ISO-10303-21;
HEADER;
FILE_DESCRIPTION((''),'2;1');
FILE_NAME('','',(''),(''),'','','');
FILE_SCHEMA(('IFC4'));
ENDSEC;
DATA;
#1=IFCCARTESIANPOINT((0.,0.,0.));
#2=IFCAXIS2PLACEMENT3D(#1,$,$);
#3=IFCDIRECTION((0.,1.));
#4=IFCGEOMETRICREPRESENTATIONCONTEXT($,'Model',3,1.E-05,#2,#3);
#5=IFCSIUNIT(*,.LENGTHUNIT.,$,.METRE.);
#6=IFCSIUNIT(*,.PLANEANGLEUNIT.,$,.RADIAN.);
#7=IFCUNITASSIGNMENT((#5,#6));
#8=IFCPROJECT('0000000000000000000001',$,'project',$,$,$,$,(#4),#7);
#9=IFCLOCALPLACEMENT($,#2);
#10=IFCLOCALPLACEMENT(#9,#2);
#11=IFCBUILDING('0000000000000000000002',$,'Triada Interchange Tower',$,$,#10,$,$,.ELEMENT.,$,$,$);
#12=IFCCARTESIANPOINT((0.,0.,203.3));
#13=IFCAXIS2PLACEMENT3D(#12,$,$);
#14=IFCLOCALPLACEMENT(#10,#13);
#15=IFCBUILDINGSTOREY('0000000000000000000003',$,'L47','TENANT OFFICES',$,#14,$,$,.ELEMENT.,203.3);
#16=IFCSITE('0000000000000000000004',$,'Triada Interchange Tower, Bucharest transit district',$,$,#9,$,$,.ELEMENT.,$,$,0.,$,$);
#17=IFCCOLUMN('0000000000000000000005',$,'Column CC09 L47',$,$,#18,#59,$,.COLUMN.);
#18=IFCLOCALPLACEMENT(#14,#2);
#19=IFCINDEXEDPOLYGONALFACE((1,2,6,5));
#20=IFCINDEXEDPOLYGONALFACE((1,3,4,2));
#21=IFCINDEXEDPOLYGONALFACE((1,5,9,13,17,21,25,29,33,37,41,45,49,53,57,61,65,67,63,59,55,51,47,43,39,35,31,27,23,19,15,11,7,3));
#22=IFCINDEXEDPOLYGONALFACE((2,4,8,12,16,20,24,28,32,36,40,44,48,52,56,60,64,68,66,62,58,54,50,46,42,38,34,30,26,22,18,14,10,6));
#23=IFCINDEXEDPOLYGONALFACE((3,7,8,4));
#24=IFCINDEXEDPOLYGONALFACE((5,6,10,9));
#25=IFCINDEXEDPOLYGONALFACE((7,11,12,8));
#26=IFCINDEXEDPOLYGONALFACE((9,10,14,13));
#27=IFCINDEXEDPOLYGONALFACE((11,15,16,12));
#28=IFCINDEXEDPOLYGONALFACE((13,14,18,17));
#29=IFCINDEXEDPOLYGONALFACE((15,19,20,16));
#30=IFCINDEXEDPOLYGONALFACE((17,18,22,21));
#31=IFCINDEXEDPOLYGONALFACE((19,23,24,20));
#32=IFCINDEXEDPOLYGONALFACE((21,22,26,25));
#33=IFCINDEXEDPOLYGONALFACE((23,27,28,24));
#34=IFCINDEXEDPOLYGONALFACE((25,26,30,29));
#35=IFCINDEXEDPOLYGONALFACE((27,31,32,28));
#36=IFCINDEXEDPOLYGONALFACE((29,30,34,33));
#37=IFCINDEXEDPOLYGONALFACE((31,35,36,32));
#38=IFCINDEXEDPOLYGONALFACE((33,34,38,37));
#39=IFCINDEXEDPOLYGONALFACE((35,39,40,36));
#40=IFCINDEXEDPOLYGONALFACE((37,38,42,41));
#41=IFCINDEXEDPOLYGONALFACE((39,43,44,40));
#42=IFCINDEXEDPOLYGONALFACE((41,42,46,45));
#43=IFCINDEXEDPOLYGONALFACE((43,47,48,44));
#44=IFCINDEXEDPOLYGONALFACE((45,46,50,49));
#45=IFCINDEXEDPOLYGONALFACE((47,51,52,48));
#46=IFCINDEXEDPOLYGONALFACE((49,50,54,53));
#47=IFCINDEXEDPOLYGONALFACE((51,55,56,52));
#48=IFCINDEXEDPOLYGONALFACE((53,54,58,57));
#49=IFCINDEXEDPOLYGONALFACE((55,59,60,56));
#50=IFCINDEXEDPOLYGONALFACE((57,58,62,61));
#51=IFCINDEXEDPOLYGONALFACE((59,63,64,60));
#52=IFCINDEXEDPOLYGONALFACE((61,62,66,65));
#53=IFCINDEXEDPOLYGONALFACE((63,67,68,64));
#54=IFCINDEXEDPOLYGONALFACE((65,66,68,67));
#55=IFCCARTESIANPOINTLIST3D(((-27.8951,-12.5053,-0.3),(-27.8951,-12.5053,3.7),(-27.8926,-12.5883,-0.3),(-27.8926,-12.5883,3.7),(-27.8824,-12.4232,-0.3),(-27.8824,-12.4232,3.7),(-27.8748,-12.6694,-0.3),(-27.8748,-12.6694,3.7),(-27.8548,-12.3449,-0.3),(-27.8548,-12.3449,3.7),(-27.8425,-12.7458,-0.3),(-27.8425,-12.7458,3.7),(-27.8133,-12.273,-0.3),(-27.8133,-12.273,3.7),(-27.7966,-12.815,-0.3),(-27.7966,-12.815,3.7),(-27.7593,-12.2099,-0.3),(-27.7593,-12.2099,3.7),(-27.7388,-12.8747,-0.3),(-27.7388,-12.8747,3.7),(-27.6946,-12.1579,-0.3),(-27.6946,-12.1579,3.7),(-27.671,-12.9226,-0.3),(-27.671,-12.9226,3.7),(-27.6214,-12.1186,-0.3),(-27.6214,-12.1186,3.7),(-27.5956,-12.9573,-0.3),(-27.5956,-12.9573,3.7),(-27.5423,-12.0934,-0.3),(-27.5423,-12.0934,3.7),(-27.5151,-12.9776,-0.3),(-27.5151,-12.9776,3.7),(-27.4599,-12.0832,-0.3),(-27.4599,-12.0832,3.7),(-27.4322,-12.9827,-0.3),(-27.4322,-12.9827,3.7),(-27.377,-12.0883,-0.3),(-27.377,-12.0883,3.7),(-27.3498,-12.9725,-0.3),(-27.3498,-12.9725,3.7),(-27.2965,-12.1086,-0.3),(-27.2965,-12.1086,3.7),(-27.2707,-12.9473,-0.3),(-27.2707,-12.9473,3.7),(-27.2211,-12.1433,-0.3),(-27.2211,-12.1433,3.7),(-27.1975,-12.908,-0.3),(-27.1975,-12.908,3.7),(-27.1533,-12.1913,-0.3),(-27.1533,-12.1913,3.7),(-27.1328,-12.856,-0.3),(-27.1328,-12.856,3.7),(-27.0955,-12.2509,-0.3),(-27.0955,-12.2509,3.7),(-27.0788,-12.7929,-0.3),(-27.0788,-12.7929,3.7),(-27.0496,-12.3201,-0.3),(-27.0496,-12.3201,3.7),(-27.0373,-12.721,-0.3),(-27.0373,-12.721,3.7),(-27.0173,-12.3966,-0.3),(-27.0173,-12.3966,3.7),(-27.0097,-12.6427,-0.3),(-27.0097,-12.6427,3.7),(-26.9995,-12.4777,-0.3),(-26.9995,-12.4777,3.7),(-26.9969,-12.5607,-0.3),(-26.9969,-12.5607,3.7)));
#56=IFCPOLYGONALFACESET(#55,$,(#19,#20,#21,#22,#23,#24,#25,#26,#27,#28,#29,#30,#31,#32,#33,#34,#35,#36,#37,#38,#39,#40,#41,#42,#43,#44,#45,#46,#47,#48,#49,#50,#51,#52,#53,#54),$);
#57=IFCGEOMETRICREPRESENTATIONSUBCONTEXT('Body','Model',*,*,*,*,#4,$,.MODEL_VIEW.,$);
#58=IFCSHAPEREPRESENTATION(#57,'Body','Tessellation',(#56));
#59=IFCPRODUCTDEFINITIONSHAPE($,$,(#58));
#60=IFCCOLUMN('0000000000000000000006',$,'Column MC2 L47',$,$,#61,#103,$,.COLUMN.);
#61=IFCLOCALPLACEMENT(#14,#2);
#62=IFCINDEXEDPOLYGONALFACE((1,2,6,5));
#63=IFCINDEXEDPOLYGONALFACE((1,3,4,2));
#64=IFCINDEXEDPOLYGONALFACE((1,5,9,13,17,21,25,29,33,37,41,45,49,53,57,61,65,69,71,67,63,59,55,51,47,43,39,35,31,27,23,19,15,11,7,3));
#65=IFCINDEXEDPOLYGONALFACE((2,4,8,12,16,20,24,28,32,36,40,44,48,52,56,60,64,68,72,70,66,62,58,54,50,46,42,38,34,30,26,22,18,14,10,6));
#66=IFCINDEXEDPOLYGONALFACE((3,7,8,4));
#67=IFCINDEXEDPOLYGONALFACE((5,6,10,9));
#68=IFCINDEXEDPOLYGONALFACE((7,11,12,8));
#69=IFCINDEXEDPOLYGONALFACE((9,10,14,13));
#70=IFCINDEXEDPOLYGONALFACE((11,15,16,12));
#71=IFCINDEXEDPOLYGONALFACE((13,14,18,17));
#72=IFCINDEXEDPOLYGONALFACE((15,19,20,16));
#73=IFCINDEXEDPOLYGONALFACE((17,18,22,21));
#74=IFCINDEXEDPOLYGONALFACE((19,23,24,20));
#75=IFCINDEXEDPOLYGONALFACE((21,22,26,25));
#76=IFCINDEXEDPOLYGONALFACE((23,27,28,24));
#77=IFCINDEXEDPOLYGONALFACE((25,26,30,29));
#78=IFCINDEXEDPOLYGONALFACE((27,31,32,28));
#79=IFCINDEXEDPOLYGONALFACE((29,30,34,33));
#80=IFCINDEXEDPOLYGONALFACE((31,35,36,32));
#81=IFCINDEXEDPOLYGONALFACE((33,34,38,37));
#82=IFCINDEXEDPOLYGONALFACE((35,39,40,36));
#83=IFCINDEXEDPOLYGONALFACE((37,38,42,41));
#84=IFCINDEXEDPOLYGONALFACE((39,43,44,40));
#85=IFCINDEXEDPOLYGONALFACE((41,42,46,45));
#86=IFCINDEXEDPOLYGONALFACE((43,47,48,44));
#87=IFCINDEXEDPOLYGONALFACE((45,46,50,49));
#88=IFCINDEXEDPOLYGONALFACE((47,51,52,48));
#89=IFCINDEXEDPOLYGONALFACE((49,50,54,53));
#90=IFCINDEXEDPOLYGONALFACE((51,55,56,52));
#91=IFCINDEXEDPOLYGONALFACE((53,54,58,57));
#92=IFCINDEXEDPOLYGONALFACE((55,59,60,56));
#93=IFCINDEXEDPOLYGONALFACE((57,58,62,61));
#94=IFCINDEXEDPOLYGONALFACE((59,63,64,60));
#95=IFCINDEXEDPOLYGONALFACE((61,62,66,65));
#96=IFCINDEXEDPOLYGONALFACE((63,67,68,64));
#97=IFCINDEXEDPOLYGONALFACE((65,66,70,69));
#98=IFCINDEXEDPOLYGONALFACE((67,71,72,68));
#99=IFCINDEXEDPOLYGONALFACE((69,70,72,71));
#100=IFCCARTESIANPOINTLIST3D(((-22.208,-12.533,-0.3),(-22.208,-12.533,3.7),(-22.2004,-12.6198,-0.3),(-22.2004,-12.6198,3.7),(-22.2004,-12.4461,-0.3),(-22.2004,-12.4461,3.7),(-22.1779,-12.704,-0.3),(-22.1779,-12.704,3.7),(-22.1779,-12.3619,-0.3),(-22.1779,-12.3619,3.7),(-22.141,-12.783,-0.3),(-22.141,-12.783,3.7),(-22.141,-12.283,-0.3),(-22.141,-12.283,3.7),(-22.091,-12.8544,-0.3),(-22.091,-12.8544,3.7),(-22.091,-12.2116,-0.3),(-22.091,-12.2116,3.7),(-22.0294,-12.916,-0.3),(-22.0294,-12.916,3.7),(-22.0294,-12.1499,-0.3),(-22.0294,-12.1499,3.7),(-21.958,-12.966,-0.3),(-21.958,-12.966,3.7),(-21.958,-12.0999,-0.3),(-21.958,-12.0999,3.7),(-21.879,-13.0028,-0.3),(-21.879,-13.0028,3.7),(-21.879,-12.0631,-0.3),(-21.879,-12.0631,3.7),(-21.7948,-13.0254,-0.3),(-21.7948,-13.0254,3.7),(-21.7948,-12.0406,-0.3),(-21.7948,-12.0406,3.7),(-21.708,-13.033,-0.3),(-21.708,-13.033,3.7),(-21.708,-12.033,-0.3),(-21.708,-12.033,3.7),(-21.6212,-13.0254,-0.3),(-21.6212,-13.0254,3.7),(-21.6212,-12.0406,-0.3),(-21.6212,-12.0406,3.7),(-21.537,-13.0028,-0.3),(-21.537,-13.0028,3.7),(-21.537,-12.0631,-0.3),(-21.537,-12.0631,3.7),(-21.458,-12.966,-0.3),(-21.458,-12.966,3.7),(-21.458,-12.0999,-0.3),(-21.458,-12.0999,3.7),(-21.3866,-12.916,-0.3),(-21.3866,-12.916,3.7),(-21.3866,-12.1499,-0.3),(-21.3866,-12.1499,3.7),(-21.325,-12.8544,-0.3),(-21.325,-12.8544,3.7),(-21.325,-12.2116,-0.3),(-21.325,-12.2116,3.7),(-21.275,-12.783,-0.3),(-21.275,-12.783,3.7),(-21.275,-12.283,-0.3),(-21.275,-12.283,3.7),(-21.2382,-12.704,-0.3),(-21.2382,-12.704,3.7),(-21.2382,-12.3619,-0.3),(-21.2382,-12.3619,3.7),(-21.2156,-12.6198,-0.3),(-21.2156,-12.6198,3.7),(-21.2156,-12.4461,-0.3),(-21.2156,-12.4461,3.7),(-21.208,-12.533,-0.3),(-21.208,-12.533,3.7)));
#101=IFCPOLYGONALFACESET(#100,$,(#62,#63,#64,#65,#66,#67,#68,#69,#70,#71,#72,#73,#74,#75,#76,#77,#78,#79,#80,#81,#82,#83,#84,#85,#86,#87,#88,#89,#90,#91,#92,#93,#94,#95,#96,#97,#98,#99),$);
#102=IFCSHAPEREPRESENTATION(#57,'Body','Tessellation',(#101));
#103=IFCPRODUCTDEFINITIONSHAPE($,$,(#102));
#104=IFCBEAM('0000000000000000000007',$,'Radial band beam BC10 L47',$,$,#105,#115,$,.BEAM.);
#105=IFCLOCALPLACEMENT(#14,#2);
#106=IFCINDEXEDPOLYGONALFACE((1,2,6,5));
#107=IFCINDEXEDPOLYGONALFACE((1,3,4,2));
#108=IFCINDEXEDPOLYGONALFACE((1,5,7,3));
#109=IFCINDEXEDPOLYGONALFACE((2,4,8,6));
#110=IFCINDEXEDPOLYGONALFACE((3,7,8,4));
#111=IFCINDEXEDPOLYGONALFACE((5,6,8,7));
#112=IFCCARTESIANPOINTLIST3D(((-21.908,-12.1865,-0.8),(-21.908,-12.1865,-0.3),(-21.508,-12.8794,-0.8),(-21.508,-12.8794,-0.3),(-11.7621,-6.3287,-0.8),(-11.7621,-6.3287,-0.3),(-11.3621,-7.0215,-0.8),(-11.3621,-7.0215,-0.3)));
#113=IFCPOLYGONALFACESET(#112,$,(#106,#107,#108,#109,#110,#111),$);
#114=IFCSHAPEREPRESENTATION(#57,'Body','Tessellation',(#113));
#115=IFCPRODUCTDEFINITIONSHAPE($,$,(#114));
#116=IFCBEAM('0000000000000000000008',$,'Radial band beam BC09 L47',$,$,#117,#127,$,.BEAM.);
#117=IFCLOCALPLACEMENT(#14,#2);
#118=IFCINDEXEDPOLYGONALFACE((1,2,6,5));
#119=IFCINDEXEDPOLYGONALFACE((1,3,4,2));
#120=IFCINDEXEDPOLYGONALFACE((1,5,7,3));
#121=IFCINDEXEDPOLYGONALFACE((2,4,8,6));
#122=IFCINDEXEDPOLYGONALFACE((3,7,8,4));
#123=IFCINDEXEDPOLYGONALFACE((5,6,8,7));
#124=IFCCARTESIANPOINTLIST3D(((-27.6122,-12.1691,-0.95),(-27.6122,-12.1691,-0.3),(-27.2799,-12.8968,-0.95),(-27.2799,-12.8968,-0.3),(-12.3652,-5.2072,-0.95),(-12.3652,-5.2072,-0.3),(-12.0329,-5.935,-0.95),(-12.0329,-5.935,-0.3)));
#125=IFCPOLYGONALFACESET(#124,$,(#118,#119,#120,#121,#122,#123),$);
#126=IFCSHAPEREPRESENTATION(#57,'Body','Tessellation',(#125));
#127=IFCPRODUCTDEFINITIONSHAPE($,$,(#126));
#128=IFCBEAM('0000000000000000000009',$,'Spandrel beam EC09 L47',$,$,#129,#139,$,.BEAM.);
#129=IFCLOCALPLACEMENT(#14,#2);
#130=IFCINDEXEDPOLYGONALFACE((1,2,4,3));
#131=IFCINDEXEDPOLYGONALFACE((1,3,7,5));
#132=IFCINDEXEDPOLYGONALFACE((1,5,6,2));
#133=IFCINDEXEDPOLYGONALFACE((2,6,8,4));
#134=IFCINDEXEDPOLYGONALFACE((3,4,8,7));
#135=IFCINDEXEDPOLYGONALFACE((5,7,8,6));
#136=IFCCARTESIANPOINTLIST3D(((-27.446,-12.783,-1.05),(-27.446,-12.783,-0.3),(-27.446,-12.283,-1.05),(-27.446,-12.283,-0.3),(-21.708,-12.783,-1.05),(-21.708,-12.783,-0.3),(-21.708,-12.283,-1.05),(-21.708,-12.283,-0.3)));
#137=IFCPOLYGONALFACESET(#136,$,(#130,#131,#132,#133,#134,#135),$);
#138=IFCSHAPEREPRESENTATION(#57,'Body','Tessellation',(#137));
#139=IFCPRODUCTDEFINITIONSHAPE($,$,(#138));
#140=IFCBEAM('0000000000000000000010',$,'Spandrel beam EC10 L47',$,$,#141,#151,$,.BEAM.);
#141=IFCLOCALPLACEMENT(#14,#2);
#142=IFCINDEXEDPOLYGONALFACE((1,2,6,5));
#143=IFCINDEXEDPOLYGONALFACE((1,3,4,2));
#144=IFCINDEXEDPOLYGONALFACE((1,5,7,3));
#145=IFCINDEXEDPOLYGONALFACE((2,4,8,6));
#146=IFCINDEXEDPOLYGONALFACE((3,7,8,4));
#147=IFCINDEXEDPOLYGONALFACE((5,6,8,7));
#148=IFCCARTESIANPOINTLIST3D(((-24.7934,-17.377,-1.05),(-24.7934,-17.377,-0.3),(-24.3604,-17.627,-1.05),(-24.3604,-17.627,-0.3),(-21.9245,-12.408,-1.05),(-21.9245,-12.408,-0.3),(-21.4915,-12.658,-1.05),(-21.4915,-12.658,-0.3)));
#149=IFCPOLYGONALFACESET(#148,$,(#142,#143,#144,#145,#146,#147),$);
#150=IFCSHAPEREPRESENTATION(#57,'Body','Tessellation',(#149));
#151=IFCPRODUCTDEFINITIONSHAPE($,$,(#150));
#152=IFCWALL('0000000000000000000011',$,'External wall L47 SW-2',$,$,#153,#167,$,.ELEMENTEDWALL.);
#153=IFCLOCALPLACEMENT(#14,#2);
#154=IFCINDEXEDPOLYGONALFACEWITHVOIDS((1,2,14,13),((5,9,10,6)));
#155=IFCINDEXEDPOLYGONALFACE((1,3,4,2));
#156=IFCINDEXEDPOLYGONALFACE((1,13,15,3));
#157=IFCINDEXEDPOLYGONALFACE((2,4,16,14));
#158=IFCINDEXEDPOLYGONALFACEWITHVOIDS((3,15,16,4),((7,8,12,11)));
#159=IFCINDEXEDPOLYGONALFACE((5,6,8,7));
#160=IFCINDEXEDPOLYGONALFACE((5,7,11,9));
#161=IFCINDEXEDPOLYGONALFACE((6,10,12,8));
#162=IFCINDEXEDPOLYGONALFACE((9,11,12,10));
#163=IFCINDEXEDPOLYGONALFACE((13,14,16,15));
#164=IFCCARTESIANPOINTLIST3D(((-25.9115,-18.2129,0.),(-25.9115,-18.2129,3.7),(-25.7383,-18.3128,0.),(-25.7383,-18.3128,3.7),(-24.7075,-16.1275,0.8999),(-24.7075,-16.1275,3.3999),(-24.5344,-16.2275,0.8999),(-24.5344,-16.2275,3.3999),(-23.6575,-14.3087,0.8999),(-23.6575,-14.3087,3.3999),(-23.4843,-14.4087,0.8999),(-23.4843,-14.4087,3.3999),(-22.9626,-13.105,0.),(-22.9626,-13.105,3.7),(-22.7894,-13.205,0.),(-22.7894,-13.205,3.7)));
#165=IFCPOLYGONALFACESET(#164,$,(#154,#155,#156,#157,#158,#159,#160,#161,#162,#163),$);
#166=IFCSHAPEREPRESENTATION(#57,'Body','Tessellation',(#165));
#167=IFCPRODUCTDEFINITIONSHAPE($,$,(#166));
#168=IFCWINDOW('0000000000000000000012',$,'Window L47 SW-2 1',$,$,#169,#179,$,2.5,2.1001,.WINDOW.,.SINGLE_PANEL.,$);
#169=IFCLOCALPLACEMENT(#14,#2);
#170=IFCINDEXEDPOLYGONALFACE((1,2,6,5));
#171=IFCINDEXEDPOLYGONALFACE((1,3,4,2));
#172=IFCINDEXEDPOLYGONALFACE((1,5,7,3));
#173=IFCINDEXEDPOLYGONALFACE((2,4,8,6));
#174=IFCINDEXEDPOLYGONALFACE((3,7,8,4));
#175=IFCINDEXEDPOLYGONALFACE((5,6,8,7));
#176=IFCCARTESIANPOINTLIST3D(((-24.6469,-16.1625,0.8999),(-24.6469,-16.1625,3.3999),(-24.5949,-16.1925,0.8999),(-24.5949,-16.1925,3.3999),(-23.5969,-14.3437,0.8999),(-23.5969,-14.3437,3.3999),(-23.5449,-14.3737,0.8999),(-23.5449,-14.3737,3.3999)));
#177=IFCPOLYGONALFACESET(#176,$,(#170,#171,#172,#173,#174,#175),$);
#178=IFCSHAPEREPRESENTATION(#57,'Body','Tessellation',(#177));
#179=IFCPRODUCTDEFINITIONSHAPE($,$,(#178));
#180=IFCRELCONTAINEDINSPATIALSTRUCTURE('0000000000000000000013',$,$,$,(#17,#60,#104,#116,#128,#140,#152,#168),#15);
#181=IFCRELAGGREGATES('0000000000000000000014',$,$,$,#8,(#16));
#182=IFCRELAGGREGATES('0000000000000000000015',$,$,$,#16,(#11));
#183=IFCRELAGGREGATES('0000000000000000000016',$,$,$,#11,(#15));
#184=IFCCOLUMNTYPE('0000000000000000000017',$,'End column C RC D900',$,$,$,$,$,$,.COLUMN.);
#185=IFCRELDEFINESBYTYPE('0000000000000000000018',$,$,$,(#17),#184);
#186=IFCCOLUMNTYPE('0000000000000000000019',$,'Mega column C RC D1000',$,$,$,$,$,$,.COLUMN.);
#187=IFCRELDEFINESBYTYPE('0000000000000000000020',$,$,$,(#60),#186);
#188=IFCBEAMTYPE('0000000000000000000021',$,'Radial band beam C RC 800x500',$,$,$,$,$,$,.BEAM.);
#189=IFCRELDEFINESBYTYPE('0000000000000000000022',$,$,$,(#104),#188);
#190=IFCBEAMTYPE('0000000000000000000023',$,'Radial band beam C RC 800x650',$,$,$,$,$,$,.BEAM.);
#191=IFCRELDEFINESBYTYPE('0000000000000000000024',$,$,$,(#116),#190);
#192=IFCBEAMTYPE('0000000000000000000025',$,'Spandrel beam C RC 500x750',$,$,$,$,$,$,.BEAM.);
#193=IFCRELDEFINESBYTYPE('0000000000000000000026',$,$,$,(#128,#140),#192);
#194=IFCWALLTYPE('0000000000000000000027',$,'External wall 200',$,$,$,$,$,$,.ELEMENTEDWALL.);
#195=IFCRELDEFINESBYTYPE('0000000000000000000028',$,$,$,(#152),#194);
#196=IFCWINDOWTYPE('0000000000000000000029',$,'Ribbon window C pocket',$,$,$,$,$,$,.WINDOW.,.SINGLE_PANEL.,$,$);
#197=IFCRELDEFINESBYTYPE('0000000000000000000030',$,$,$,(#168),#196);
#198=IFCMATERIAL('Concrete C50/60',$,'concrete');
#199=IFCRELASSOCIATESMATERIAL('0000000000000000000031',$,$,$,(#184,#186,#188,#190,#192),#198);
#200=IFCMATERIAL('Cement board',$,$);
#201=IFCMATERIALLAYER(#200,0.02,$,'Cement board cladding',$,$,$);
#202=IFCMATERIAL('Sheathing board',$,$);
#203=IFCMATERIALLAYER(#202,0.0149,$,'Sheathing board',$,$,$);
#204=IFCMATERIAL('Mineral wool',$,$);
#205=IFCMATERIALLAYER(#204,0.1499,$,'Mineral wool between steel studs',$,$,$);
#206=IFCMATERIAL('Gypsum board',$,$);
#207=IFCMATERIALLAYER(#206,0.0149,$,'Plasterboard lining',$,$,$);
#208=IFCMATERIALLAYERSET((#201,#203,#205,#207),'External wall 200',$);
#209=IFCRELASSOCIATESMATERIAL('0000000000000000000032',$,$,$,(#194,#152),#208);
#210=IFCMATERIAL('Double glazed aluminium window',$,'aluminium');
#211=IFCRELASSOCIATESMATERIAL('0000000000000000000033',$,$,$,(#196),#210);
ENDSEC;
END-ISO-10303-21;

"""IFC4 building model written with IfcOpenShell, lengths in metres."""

from ifc_helpers import new_model, si_unit, direction, frame, frame_2d, origin, origin_2d, place, context, subcontext, project, spatial, rectangle, circle, extrude, material, layer, layer_set, layer_usage, material_profile, profile_set, type_object, element, fill, save


model = new_model("IFC4")

# Units and contexts
model_context = context("Model", 3, precision=1e-05, world=origin(), true_north=direction((0.0, 1.0)))
body_context = subcontext(model_context, "Body", "Model", "MODEL_VIEW")
ifc_project = project(units=[si_unit("LENGTHUNIT", "METRE"), si_unit("PLANEANGLEUNIT", "RADIAN")], contexts=[model_context])

# Site, building, storey
site_placement = place(None, origin())
site = spatial("IfcSite", under=ifc_project, at=site_placement, Name="Triada Interchange Tower, Bucharest transit district", CompositionType="ELEMENT", RefElevation=0.0)
building_placement = place(site_placement, origin())
building = spatial("IfcBuilding", under=site, at=building_placement, Name="Triada Interchange Tower", CompositionType="ELEMENT")
storey_placement = place(building_placement, frame((0.0, 0.0, 203.3)))
storey = spatial("IfcBuildingStorey", under=building, at=storey_placement, Name="L47", Description="TENANT OFFICES", CompositionType="ELEMENT", Elevation=203.3)

# Columns
ifc_material_1 = material(Name="Concrete C50/60", Category="concrete")
ifc_material_profile_1 = material_profile(ifc_material_1, circle(Radius=0.45, at=origin_2d()), Name="RC D900")
ifc_profile_set_1 = profile_set([ifc_material_profile_1], Name="Concrete C50/60")
column_type_1 = type_object("IfcColumnType", Name="End column C RC D900", PredefinedType="COLUMN", material=ifc_profile_set_1)
column_1_placement = place(storey_placement, frame((-27.446, -12.533, -0.3), z_axis=(0.0, 0.0, 1.0), x_axis=(0.5, 0.866025, 0.0)))
element("IfcColumn", 1, at=column_1_placement, inside=storey, type_object=column_type_1, Name="Column CC09 L47", PredefinedType="COLUMN", context=body_context, shape_type="SweptSolid", body=[
    extrude(circle(Radius=0.45, at=origin_2d()), origin(), (0.0, 0.0, 1.0), 4.0),
])
ifc_material_profile_2 = material_profile(ifc_material_1, circle(Radius=0.5, at=origin_2d()), Name="RC D1000")
ifc_profile_set_2 = profile_set([ifc_material_profile_2], Name="Concrete C50/60")
column_type_2 = type_object("IfcColumnType", Name="Mega column C RC D1000", PredefinedType="COLUMN", material=ifc_profile_set_2)
column_2_placement = place(storey_placement, frame((-21.708, -12.533, -0.3), z_axis=(0.0, 0.0, 1.0), x_axis=(1.0, 0.0, 0.0)))
element("IfcColumn", 2, at=column_2_placement, inside=storey, type_object=column_type_2, Name="Column MC2 L47", PredefinedType="COLUMN", context=body_context, shape_type="SweptSolid", body=[
    extrude(circle(Radius=0.5, at=origin_2d()), origin(), (0.0, 0.0, 1.0), 4.0),
])

# Beams
ifc_material_profile_3 = material_profile(ifc_material_1, rectangle(XDim=0.8, YDim=0.5, at=origin_2d()), Name="RC 800x500")
ifc_profile_set_3 = profile_set([ifc_material_profile_3], Name="Concrete C50/60")
beam_type_1 = type_object("IfcBeamType", Name="Radial band beam C RC 800x500", PredefinedType="BEAM", material=ifc_profile_set_3)
beam_1_placement = place(storey_placement, frame((-21.708, -12.533, -0.55), z_axis=(0.866021, 0.500007, 0.0), x_axis=(-0.500007, 0.866021, 0.0)))
element("IfcBeam", 3, at=beam_1_placement, inside=storey, type_object=beam_type_1, Name="Radial band beam BC10 L47", PredefinedType="BEAM", context=body_context, shape_type="SweptSolid", body=[
    extrude(rectangle(XDim=0.8, YDim=0.5, at=origin_2d()), origin(), (0.0, 0.0, 1.0), 11.7156),
])
ifc_material_profile_4 = material_profile(ifc_material_1, rectangle(XDim=0.8, YDim=0.6499, at=origin_2d()), Name="RC 800x650")
ifc_profile_set_4 = profile_set([ifc_material_profile_4], Name="Concrete C50/60")
beam_type_2 = type_object("IfcBeamType", Name="Radial band beam C RC 800x650", PredefinedType="BEAM", material=ifc_profile_set_4)
beam_2_placement = place(storey_placement, frame((-27.446, -12.533, -0.625), z_axis=(0.909659, 0.415356, 0.0), x_axis=(-0.415356, 0.909659, 0.0)))
element("IfcBeam", 4, at=beam_2_placement, inside=storey, type_object=beam_type_2, Name="Radial band beam BC09 L47", PredefinedType="BEAM", context=body_context, shape_type="SweptSolid", body=[
    extrude(rectangle(XDim=0.8, YDim=0.6499, at=origin_2d()), origin(), (0.0, 0.0, 1.0), 16.7612),
])
ifc_material_profile_5 = material_profile(ifc_material_1, rectangle(XDim=0.5, YDim=0.75, at=origin_2d()), Name="RC 500x750")
ifc_profile_set_5 = profile_set([ifc_material_profile_5], Name="Concrete C50/60")
beam_type_3 = type_object("IfcBeamType", Name="Spandrel beam C RC 500x750", PredefinedType="BEAM", material=ifc_profile_set_5)
beam_3_placement = place(storey_placement, frame((-27.446, -12.533, -0.675), z_axis=(1.0, 0.0, 0.0), x_axis=(0.0, 1.0, 0.0)))
element("IfcBeam", 5, at=beam_3_placement, inside=storey, type_object=beam_type_3, Name="Spandrel beam EC09 L47", PredefinedType="BEAM", context=body_context, shape_type="SweptSolid", body=[
    extrude(rectangle(XDim=0.5, YDim=0.75, at=origin_2d()), origin(), (0.0, 0.0, 1.0), 5.738),
])
beam_4_placement = place(storey_placement, frame((-21.708, -12.533, -0.675), z_axis=(-0.500006, -0.866022, 0.0), x_axis=(0.866022, -0.500006, 0.0)))
element("IfcBeam", 6, at=beam_4_placement, inside=storey, type_object=beam_type_3, Name="Spandrel beam EC10 L47", PredefinedType="BEAM", context=body_context, shape_type="SweptSolid", body=[
    extrude(rectangle(XDim=0.5, YDim=0.75, at=origin_2d()), origin(), (0.0, 0.0, 1.0), 5.7378),
])

# Wall, opening, window
ifc_material_2 = material(Name="Cement board")
ifc_layer_1 = layer(ifc_material_2, 0.02, Name="Cement board cladding")
ifc_material_3 = material(Name="Sheathing board")
ifc_layer_2 = layer(ifc_material_3, 0.0149, Name="Sheathing board")
ifc_material_4 = material(Name="Mineral wool")
ifc_layer_3 = layer(ifc_material_4, 0.1499, Name="Mineral wool between steel studs")
ifc_material_5 = material(Name="Gypsum board")
ifc_layer_4 = layer(ifc_material_5, 0.0149, Name="Plasterboard lining")
ifc_layer_set_1 = layer_set([ifc_layer_1, ifc_layer_2, ifc_layer_3, ifc_layer_4], Name="External wall 200")
ifc_layer_usage = layer_usage(ifc_layer_set_1, "AXIS2", "POSITIVE", -0.1001)
wall_type_1 = type_object("IfcWallType", Name="External wall 200", PredefinedType="ELEMENTEDWALL", material=ifc_layer_set_1)
wall_1_placement = place(storey_placement, frame((-22.876, -13.155, 0.0), z_axis=(0.0, 0.0, 1.0), x_axis=(-0.49999, -0.866031, 0.0)))
wall_1 = element("IfcWall", 7, at=wall_1_placement, inside=storey, type_object=wall_type_1, material=ifc_layer_usage, Name="External wall L47 SW-2", PredefinedType="ELEMENTEDWALL", context=body_context, shape_type="SweptSolid", body=[
    extrude(rectangle(XDim=5.8979, YDim=0.2, at=frame_2d((2.949, 0.0))), origin(), (0.0, 0.0, 1.0), 3.7),
])
opening_1_placement = place(wall_1_placement, frame((1.3899, 0.0, 0.8999)))
opening_1 = element("IfcOpeningElement", 8, at=opening_1_placement, cuts=wall_1, PredefinedType="OPENING", context=body_context, shape_type="SweptSolid", body=[
    extrude(rectangle(XDim=2.1001, YDim=2.5, at=frame_2d((1.05, 1.25))), frame((0.0, 0.1099, 0.0), z_axis=(0.0, -1.0, 0.0), x_axis=(1.0, 0.0, 0.0)), (0.0, 0.0, 1.0), 0.22),
])
ifc_material_6 = material(Name="Double glazed aluminium window", Category="aluminium")
window_type = type_object("IfcWindowType", Name="Ribbon window C pocket", PartitioningType="SINGLE_PANEL", PredefinedType="WINDOW", material=ifc_material_6)
window_placement = place(opening_1_placement, origin())
window = element("IfcWindow", 9, at=window_placement, inside=storey, type_object=window_type, Name="Window L47 SW-2 1", OverallHeight=2.5, OverallWidth=2.1001, PartitioningType="SINGLE_PANEL", PredefinedType="WINDOW", context=body_context, shape_type="SweptSolid", body=[
    extrude(rectangle(XDim=2.1001, YDim=2.5, at=frame_2d((1.05, 1.25))), frame((0.0, 0.03, 0.0), z_axis=(0.0, -1.0, 0.0), x_axis=(1.0, 0.0, 0.0)), (0.0, 0.0, 1.0), 0.0601),
])
fill(opening_1, window)

save(model, "model.ifc")
